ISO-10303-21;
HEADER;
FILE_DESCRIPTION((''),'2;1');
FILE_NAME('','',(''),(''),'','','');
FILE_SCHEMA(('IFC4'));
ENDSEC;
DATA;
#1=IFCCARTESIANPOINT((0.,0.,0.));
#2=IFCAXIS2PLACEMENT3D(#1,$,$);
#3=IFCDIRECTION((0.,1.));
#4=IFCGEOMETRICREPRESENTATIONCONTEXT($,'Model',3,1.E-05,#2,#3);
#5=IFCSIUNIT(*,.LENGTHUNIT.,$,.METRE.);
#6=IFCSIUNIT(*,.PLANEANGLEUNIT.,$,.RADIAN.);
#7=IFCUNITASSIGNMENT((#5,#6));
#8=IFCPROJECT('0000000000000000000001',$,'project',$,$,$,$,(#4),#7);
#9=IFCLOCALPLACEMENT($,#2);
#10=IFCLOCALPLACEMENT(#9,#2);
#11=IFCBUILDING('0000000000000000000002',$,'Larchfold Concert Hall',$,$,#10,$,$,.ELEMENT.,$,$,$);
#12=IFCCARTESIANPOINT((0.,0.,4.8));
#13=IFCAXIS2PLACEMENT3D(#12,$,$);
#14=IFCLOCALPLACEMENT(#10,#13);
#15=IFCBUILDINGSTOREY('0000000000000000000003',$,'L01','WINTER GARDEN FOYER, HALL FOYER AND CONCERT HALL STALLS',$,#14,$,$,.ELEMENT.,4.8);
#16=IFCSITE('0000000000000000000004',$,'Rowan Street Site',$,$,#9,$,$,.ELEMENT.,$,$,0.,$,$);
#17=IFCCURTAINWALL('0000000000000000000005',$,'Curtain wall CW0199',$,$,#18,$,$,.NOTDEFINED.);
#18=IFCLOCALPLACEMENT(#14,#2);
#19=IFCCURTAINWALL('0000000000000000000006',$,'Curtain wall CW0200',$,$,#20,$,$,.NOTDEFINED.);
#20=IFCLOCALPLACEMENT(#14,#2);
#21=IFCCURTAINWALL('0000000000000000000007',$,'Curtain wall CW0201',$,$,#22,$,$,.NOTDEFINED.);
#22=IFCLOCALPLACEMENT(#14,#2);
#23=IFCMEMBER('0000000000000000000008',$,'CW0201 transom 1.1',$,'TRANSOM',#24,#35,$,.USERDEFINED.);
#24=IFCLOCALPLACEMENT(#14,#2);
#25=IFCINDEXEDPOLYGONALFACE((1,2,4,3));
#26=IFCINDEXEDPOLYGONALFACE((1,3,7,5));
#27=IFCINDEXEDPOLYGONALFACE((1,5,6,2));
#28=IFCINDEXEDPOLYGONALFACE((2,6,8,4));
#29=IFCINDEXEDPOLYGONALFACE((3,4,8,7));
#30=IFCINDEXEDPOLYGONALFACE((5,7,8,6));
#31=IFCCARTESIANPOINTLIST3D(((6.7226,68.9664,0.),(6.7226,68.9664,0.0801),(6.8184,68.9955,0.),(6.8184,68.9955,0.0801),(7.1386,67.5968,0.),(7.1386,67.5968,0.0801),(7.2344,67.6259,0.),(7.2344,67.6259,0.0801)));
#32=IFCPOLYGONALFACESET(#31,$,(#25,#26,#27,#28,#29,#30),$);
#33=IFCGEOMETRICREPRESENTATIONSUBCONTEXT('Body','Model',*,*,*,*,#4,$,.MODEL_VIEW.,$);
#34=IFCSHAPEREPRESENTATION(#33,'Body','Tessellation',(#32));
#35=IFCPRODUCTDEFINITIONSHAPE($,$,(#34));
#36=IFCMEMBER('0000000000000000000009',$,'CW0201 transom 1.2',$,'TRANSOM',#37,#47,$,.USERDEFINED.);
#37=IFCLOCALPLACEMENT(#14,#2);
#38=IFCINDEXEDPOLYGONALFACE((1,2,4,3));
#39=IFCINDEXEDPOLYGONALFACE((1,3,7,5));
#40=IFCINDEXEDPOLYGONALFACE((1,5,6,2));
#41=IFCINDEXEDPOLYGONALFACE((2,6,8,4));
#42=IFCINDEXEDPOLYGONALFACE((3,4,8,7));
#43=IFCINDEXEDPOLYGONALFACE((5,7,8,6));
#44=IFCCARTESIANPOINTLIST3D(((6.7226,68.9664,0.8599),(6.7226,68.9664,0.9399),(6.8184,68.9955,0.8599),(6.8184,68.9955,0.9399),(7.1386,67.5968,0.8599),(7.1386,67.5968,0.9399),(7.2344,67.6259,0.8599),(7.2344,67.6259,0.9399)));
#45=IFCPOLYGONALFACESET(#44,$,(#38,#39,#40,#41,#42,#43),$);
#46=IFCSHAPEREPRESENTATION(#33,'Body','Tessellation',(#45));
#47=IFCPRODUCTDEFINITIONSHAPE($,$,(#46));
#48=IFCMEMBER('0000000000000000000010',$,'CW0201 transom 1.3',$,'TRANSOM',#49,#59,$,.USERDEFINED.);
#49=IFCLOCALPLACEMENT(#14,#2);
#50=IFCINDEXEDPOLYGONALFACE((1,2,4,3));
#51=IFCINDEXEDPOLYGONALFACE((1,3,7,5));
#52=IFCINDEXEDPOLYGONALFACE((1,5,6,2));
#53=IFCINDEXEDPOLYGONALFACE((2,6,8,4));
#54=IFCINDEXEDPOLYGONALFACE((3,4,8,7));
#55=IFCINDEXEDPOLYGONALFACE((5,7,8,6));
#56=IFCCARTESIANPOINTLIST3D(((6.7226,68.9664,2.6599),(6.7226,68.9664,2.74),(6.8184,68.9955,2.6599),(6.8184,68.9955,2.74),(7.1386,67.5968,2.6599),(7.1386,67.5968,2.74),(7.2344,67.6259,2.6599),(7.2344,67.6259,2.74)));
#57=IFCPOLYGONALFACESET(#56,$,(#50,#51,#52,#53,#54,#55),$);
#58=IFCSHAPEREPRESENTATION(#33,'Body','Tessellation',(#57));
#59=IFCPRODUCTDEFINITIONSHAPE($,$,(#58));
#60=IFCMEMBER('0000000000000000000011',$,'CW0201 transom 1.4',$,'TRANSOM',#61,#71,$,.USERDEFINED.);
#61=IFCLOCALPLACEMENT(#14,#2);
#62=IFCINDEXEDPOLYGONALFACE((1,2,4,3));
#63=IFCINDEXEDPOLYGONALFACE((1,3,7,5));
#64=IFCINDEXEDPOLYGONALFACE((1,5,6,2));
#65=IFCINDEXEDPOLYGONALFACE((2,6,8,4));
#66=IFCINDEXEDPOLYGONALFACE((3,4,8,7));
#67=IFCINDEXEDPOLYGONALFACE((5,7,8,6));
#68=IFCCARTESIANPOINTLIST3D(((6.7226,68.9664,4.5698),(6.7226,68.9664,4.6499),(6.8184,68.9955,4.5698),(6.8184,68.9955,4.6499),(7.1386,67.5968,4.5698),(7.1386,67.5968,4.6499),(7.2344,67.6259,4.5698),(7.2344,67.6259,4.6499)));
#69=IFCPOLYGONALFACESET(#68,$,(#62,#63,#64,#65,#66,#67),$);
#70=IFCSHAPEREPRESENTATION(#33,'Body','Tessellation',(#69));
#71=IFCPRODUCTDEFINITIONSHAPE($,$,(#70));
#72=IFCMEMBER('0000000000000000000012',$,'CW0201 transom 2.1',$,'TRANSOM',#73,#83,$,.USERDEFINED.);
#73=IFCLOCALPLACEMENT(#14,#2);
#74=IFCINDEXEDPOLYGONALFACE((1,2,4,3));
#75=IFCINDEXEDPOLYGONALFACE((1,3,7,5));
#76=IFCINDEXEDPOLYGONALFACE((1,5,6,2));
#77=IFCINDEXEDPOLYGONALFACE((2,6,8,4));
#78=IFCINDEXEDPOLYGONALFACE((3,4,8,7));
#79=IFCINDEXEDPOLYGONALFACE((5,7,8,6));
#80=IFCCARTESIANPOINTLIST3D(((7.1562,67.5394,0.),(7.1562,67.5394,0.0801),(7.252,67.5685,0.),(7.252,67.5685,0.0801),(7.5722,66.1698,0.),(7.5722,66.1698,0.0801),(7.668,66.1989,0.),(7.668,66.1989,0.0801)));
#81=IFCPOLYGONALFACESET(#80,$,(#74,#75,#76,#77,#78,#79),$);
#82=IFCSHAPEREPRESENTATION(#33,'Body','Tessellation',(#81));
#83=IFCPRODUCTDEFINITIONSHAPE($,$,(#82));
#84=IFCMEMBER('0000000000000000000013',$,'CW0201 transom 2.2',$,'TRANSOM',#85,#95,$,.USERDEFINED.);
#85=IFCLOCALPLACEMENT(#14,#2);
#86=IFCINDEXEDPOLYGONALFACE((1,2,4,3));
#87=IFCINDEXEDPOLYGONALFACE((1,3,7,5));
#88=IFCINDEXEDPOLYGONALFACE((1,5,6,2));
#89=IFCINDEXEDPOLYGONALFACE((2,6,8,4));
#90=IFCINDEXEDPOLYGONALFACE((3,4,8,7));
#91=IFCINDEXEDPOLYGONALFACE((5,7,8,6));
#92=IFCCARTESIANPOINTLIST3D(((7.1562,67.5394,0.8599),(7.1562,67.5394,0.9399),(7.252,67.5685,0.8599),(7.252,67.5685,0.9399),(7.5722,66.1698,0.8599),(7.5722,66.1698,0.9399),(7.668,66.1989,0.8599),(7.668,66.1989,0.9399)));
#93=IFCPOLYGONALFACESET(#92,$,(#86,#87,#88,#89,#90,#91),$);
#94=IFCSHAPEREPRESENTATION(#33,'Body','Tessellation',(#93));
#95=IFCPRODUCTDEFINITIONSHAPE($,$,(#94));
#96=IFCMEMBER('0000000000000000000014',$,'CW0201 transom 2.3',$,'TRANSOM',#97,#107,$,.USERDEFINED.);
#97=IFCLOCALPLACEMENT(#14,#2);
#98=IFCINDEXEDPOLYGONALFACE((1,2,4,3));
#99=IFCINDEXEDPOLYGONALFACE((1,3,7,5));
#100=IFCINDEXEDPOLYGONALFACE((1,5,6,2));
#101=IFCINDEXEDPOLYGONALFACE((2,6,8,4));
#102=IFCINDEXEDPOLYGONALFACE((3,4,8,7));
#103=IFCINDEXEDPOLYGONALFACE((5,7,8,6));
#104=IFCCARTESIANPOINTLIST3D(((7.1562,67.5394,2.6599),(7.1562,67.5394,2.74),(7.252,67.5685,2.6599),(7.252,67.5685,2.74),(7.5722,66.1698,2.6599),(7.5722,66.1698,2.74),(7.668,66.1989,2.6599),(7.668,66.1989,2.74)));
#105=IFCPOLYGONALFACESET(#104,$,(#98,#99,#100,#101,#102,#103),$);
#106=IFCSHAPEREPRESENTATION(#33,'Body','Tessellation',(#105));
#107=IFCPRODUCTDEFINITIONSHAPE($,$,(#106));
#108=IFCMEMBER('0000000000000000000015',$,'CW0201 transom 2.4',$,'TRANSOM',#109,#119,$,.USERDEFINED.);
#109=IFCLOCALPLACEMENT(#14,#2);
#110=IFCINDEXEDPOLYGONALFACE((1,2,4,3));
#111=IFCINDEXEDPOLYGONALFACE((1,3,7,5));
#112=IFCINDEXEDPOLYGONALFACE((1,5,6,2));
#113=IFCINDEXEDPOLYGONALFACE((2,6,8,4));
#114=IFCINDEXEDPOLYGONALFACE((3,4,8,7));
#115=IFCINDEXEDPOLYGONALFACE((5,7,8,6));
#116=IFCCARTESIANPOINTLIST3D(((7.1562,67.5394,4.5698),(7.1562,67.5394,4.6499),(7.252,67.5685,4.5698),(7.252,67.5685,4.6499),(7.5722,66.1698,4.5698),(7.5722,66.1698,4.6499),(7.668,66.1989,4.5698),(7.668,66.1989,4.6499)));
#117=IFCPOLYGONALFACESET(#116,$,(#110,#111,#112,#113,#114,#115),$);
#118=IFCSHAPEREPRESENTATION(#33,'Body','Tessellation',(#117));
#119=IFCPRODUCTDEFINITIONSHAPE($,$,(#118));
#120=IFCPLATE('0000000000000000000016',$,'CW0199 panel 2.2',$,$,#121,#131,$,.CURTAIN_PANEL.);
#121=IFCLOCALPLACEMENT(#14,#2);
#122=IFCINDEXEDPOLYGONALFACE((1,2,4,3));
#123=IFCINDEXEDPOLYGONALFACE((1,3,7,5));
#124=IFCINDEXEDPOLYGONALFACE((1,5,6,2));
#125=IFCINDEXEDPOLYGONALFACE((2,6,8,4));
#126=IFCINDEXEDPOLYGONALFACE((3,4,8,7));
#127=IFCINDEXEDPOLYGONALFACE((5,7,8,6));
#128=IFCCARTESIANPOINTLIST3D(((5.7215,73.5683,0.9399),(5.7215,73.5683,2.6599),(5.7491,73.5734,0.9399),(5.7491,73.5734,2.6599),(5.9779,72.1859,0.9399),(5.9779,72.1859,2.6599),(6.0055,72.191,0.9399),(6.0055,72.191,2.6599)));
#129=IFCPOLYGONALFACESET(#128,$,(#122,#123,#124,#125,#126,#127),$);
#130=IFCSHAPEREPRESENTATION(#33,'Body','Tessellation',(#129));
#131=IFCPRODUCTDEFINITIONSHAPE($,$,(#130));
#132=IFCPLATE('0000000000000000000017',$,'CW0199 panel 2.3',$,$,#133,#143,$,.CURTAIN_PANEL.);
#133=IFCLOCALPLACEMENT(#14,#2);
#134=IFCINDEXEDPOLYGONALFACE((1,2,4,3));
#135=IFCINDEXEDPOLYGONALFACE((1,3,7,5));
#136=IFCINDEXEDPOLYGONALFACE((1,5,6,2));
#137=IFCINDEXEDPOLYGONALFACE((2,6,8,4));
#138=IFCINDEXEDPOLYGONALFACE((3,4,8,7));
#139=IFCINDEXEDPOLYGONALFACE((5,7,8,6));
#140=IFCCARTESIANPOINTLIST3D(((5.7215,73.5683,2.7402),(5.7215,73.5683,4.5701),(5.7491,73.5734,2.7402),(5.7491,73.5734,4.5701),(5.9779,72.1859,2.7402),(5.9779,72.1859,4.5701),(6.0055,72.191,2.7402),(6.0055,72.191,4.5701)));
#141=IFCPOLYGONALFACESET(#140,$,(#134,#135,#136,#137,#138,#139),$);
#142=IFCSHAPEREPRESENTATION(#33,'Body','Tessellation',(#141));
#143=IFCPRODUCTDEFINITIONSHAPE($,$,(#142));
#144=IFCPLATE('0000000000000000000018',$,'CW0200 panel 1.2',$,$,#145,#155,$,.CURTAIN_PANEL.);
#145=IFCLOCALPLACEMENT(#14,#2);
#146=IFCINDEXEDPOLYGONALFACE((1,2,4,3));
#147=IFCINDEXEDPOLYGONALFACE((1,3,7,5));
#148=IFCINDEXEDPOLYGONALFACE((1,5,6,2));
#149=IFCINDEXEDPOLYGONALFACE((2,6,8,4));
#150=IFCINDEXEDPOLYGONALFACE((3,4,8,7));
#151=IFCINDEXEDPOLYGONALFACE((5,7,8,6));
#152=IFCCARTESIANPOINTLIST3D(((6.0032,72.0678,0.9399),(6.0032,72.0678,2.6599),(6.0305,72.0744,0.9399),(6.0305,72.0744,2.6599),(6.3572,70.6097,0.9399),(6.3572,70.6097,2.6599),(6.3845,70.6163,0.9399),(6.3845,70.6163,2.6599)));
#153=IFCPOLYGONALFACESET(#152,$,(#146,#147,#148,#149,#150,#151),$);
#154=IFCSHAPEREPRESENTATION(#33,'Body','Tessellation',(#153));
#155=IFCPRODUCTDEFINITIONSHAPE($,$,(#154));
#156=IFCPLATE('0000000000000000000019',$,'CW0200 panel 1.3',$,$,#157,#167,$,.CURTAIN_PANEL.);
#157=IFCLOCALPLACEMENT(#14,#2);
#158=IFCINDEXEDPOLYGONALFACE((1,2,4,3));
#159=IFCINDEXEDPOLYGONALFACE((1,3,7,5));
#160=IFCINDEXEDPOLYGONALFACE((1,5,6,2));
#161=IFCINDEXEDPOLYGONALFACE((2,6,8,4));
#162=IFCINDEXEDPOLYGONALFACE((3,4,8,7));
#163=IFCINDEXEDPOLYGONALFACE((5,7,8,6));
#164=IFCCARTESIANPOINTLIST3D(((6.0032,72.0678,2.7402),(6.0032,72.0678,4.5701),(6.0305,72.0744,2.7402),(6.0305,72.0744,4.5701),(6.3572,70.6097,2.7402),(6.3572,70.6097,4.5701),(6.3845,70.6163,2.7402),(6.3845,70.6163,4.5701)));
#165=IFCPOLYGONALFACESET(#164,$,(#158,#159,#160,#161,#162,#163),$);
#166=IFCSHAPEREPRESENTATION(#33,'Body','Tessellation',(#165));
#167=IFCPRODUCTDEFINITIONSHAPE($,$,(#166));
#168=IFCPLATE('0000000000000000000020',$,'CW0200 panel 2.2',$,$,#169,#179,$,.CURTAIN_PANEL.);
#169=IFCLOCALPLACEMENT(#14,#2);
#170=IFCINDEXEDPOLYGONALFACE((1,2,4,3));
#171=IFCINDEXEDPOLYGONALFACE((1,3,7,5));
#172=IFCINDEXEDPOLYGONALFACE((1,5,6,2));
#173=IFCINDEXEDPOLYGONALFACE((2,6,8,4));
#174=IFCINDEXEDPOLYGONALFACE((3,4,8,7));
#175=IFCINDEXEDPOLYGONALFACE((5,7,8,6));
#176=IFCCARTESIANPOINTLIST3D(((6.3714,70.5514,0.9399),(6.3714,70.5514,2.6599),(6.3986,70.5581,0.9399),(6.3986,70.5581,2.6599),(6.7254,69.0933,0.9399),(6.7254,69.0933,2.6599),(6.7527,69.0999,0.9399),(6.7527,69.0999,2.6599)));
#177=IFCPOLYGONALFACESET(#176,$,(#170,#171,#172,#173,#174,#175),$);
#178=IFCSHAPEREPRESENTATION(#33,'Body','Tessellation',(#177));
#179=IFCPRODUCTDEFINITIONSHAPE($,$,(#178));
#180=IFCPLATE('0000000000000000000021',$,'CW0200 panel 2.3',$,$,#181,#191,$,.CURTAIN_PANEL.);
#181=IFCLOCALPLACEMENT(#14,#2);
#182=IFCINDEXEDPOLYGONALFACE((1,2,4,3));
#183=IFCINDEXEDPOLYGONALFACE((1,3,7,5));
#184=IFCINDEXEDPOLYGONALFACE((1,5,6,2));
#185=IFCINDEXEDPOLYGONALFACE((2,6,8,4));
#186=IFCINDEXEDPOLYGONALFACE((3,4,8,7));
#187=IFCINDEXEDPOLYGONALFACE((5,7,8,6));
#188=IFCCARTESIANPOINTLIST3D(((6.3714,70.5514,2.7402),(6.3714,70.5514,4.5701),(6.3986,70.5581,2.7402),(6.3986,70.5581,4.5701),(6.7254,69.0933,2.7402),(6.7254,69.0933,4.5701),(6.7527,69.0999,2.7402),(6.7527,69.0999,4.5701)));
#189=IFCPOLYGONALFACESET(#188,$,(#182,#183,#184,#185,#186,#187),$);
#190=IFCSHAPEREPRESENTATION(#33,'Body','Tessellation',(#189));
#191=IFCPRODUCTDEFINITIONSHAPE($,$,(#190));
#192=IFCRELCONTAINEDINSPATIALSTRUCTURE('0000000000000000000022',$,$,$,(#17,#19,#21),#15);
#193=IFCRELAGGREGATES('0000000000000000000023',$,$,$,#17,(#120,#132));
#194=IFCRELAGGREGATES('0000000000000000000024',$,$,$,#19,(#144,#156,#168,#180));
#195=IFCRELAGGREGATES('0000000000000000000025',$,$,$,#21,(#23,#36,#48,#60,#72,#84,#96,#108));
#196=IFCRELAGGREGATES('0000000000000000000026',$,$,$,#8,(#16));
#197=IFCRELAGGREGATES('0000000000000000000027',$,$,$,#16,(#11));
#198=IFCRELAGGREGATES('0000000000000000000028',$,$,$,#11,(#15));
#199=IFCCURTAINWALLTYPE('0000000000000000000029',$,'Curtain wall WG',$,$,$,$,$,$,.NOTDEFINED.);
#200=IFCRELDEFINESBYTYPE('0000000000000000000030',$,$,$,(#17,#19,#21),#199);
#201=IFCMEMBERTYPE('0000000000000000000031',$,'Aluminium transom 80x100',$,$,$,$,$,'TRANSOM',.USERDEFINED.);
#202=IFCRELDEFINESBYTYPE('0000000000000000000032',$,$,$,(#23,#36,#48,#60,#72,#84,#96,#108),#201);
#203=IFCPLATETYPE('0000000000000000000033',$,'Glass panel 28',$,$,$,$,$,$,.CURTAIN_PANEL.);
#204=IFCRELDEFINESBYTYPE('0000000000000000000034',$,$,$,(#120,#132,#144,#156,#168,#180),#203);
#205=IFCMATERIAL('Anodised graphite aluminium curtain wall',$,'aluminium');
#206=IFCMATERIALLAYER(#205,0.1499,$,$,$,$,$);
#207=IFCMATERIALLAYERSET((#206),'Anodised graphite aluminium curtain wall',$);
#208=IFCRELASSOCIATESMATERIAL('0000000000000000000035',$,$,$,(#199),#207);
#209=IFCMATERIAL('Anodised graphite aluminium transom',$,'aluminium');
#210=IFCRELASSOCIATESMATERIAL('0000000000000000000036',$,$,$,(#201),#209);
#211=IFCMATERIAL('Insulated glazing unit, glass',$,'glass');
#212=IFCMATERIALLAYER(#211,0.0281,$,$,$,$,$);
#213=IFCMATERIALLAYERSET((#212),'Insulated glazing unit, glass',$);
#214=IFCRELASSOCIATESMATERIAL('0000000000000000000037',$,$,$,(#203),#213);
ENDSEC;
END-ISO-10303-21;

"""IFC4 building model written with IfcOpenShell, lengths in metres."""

from ifc_helpers import new_model, si_unit, direction, frame, origin, origin_2d, place, context, subcontext, project, spatial, rectangle, extrude, material, layer, layer_set, material_profile, profile_set, type_object, element, aggregate, save


model = new_model("IFC4")

# Units and contexts
model_context = context("Model", 3, precision=1e-05, world=origin(), true_north=direction((0.0, 1.0)))
body_context = subcontext(model_context, "Body", "Model", "MODEL_VIEW")
ifc_project = project(units=[si_unit("LENGTHUNIT", "METRE"), si_unit("PLANEANGLEUNIT", "RADIAN")], contexts=[model_context])

# Site, building, storey
site_placement = place(None, origin())
site = spatial("IfcSite", under=ifc_project, at=site_placement, Name="Rowan Street Site", CompositionType="ELEMENT", RefElevation=0.0)
building_placement = place(site_placement, origin())
building = spatial("IfcBuilding", under=site, at=building_placement, Name="Larchfold Concert Hall", CompositionType="ELEMENT")
storey_placement = place(building_placement, frame((0.0, 0.0, 4.8)))
storey = spatial("IfcBuildingStorey", under=building, at=storey_placement, Name="L01", Description="WINTER GARDEN FOYER, HALL FOYER AND CONCERT HALL STALLS", CompositionType="ELEMENT", Elevation=4.8)

# Curtain wall
ifc_material_1 = material(Name="Anodised graphite aluminium curtain wall", Category="aluminium")
ifc_layer_1 = layer(ifc_material_1, 0.1499)
ifc_layer_set_1 = layer_set([ifc_layer_1], Name="Anodised graphite aluminium curtain wall")
curtain_wall_type = type_object("IfcCurtainWallType", Name="Curtain wall WG", PredefinedType="NOTDEFINED", material=ifc_layer_set_1)
curtain_wall_1_placement = place(storey_placement, origin())
curtain_wall_1 = element("IfcCurtainWall", 1, at=curtain_wall_1_placement, inside=storey, type_object=curtain_wall_type, Name="Curtain wall CW0199", PredefinedType="NOTDEFINED")

# Curtain walls
curtain_wall_2_placement = place(storey_placement, origin())
curtain_wall_2 = element("IfcCurtainWall", 2, at=curtain_wall_2_placement, inside=storey, type_object=curtain_wall_type, Name="Curtain wall CW0200", PredefinedType="NOTDEFINED")
curtain_wall_3_placement = place(storey_placement, origin())
curtain_wall_3 = element("IfcCurtainWall", 3, at=curtain_wall_3_placement, inside=storey, type_object=curtain_wall_type, Name="Curtain wall CW0201", PredefinedType="NOTDEFINED")

# Members
ifc_material_2 = material(Name="Anodised graphite aluminium transom", Category="aluminium")
ifc_material_profile_1 = material_profile(ifc_material_2, rectangle(XDim=0.1001, YDim=0.0801, at=origin_2d()))
ifc_profile_set_1 = profile_set([ifc_material_profile_1], Name="Anodised graphite aluminium transom")
member_type_1 = type_object("IfcMemberType", Name="Aluminium transom 80x100", ElementType="TRANSOM", PredefinedType="USERDEFINED", material=ifc_profile_set_1)
member_1_placement = place(storey_placement, frame((6.7705, 68.981, 0.04), z_axis=(0.290632, -0.956835, 0.0), x_axis=(0.956835, 0.290632, 0.0)))
member_1 = element("IfcMember", 4, at=member_1_placement, type_object=member_type_1, Name="CW0201 transom 1.1", ObjectType="TRANSOM", PredefinedType="USERDEFINED", context=body_context, shape_type="SweptSolid", body=[
    extrude(rectangle(XDim=0.1001, YDim=0.0801, at=origin_2d()), origin(), (0.0, 0.0, 1.0), 1.4314),
])
member_2_placement = place(storey_placement, frame((6.7705, 68.981, 0.8999), z_axis=(0.290632, -0.956835, 0.0), x_axis=(0.956835, 0.290632, 0.0)))
member_2 = element("IfcMember", 5, at=member_2_placement, type_object=member_type_1, Name="CW0201 transom 1.2", ObjectType="TRANSOM", PredefinedType="USERDEFINED", context=body_context, shape_type="SweptSolid", body=[
    extrude(rectangle(XDim=0.1001, YDim=0.0801, at=origin_2d()), origin(), (0.0, 0.0, 1.0), 1.4314),
])
member_3_placement = place(storey_placement, frame((6.7705, 68.981, 2.7), z_axis=(0.290632, -0.956835, 0.0), x_axis=(0.956835, 0.290632, 0.0)))
member_3 = element("IfcMember", 6, at=member_3_placement, type_object=member_type_1, Name="CW0201 transom 1.3", ObjectType="TRANSOM", PredefinedType="USERDEFINED", context=body_context, shape_type="SweptSolid", body=[
    extrude(rectangle(XDim=0.1001, YDim=0.0801, at=origin_2d()), origin(), (0.0, 0.0, 1.0), 1.4314),
])
member_4_placement = place(storey_placement, frame((6.7705, 68.981, 4.6099), z_axis=(0.290632, -0.956835, 0.0), x_axis=(0.956835, 0.290632, 0.0)))
member_4 = element("IfcMember", 7, at=member_4_placement, type_object=member_type_1, Name="CW0201 transom 1.4", ObjectType="TRANSOM", PredefinedType="USERDEFINED", context=body_context, shape_type="SweptSolid", body=[
    extrude(rectangle(XDim=0.1001, YDim=0.0801, at=origin_2d()), origin(), (0.0, 0.0, 1.0), 1.4314),
])
member_5_placement = place(storey_placement, frame((7.2041, 67.554, 0.04), z_axis=(0.290632, -0.956835, 0.0), x_axis=(0.956835, 0.290632, 0.0)))
member_5 = element("IfcMember", 8, at=member_5_placement, type_object=member_type_1, Name="CW0201 transom 2.1", ObjectType="TRANSOM", PredefinedType="USERDEFINED", context=body_context, shape_type="SweptSolid", body=[
    extrude(rectangle(XDim=0.1001, YDim=0.0801, at=origin_2d()), origin(), (0.0, 0.0, 1.0), 1.4314),
])
member_6_placement = place(storey_placement, frame((7.2041, 67.554, 0.8999), z_axis=(0.290632, -0.956835, 0.0), x_axis=(0.956835, 0.290632, 0.0)))
member_6 = element("IfcMember", 9, at=member_6_placement, type_object=member_type_1, Name="CW0201 transom 2.2", ObjectType="TRANSOM", PredefinedType="USERDEFINED", context=body_context, shape_type="SweptSolid", body=[
    extrude(rectangle(XDim=0.1001, YDim=0.0801, at=origin_2d()), origin(), (0.0, 0.0, 1.0), 1.4314),
])
member_7_placement = place(storey_placement, frame((7.2041, 67.554, 2.7), z_axis=(0.290632, -0.956835, 0.0), x_axis=(0.956835, 0.290632, 0.0)))
member_7 = element("IfcMember", 10, at=member_7_placement, type_object=member_type_1, Name="CW0201 transom 2.3", ObjectType="TRANSOM", PredefinedType="USERDEFINED", context=body_context, shape_type="SweptSolid", body=[
    extrude(rectangle(XDim=0.1001, YDim=0.0801, at=origin_2d()), origin(), (0.0, 0.0, 1.0), 1.4314),
])
member_8_placement = place(storey_placement, frame((7.2041, 67.554, 4.6099), z_axis=(0.290632, -0.956835, 0.0), x_axis=(0.956835, 0.290632, 0.0)))
member_8 = element("IfcMember", 11, at=member_8_placement, type_object=member_type_1, Name="CW0201 transom 2.4", ObjectType="TRANSOM", PredefinedType="USERDEFINED", context=body_context, shape_type="SweptSolid", body=[
    extrude(rectangle(XDim=0.1001, YDim=0.0801, at=origin_2d()), origin(), (0.0, 0.0, 1.0), 1.4314),
])

# Plates
ifc_material_3 = material(Name="Insulated glazing unit, glass", Category="glass")
ifc_layer_2 = layer(ifc_material_3, 0.0281)
ifc_layer_set_2 = layer_set([ifc_layer_2], Name="Insulated glazing unit, glass")
plate_type_1 = type_object("IfcPlateType", Name="Glass panel 28", PredefinedType="CURTAIN_PANEL", material=ifc_layer_set_2)
plate_1_placement = place(storey_placement, frame((5.8635, 72.8796, 0.9399), z_axis=(0.0, 0.0, 1.0), x_axis=(0.182367, -0.983231, 0.0)))
plate_1 = element("IfcPlate", 12, at=plate_1_placement, type_object=plate_type_1, Name="CW0199 panel 2.2", PredefinedType="CURTAIN_PANEL", context=body_context, shape_type="SweptSolid", body=[
    extrude(rectangle(XDim=1.406, YDim=0.0281, at=origin_2d()), origin(), (0.0, 0.0, 1.0), 1.72),
])
plate_2_placement = place(storey_placement, frame((5.8635, 72.8796, 2.7402), z_axis=(0.0, 0.0, 1.0), x_axis=(0.182367, -0.983231, 0.0)))
plate_2 = element("IfcPlate", 13, at=plate_2_placement, type_object=plate_type_1, Name="CW0199 panel 2.3", PredefinedType="CURTAIN_PANEL", context=body_context, shape_type="SweptSolid", body=[
    extrude(rectangle(XDim=1.406, YDim=0.0281, at=origin_2d()), origin(), (0.0, 0.0, 1.0), 1.8298),
])
plate_3_placement = place(storey_placement, frame((6.1938, 71.342, 0.9399), z_axis=(0.0, 0.0, 1.0), x_axis=(0.235938, -0.971768, 0.0)))
plate_3 = element("IfcPlate", 14, at=plate_3_placement, type_object=plate_type_1, Name="CW0200 panel 1.2", PredefinedType="CURTAIN_PANEL", context=body_context, shape_type="SweptSolid", body=[
    extrude(rectangle(XDim=1.5005, YDim=0.0281, at=origin_2d()), origin(), (0.0, 0.0, 1.0), 1.72),
])
plate_4_placement = place(storey_placement, frame((6.1938, 71.342, 2.7402), z_axis=(0.0, 0.0, 1.0), x_axis=(0.235938, -0.971768, 0.0)))
plate_4 = element("IfcPlate", 15, at=plate_4_placement, type_object=plate_type_1, Name="CW0200 panel 1.3", PredefinedType="CURTAIN_PANEL", context=body_context, shape_type="SweptSolid", body=[
    extrude(rectangle(XDim=1.5005, YDim=0.0281, at=origin_2d()), origin(), (0.0, 0.0, 1.0), 1.8298),
])
plate_5_placement = place(storey_placement, frame((6.562, 69.8257, 0.9399), z_axis=(0.0, 0.0, 1.0), x_axis=(0.235938, -0.971768, 0.0)))
plate_5 = element("IfcPlate", 16, at=plate_5_placement, type_object=plate_type_1, Name="CW0200 panel 2.2", PredefinedType="CURTAIN_PANEL", context=body_context, shape_type="SweptSolid", body=[
    extrude(rectangle(XDim=1.5005, YDim=0.0281, at=origin_2d()), origin(), (0.0, 0.0, 1.0), 1.72),
])
plate_6_placement = place(storey_placement, frame((6.562, 69.8257, 2.7402), z_axis=(0.0, 0.0, 1.0), x_axis=(0.235938, -0.971768, 0.0)))
plate_6 = element("IfcPlate", 17, at=plate_6_placement, type_object=plate_type_1, Name="CW0200 panel 2.3", PredefinedType="CURTAIN_PANEL", context=body_context, shape_type="SweptSolid", body=[
    extrude(rectangle(XDim=1.5005, YDim=0.0281, at=origin_2d()), origin(), (0.0, 0.0, 1.0), 1.8298),
])
aggregate(curtain_wall_1, [plate_1, plate_2])
aggregate(curtain_wall_2, [plate_3, plate_4, plate_5, plate_6])
aggregate(curtain_wall_3, [member_1, member_2, member_3, member_4, member_5, member_6, member_7, member_8])

save(model, "model.ifc")
